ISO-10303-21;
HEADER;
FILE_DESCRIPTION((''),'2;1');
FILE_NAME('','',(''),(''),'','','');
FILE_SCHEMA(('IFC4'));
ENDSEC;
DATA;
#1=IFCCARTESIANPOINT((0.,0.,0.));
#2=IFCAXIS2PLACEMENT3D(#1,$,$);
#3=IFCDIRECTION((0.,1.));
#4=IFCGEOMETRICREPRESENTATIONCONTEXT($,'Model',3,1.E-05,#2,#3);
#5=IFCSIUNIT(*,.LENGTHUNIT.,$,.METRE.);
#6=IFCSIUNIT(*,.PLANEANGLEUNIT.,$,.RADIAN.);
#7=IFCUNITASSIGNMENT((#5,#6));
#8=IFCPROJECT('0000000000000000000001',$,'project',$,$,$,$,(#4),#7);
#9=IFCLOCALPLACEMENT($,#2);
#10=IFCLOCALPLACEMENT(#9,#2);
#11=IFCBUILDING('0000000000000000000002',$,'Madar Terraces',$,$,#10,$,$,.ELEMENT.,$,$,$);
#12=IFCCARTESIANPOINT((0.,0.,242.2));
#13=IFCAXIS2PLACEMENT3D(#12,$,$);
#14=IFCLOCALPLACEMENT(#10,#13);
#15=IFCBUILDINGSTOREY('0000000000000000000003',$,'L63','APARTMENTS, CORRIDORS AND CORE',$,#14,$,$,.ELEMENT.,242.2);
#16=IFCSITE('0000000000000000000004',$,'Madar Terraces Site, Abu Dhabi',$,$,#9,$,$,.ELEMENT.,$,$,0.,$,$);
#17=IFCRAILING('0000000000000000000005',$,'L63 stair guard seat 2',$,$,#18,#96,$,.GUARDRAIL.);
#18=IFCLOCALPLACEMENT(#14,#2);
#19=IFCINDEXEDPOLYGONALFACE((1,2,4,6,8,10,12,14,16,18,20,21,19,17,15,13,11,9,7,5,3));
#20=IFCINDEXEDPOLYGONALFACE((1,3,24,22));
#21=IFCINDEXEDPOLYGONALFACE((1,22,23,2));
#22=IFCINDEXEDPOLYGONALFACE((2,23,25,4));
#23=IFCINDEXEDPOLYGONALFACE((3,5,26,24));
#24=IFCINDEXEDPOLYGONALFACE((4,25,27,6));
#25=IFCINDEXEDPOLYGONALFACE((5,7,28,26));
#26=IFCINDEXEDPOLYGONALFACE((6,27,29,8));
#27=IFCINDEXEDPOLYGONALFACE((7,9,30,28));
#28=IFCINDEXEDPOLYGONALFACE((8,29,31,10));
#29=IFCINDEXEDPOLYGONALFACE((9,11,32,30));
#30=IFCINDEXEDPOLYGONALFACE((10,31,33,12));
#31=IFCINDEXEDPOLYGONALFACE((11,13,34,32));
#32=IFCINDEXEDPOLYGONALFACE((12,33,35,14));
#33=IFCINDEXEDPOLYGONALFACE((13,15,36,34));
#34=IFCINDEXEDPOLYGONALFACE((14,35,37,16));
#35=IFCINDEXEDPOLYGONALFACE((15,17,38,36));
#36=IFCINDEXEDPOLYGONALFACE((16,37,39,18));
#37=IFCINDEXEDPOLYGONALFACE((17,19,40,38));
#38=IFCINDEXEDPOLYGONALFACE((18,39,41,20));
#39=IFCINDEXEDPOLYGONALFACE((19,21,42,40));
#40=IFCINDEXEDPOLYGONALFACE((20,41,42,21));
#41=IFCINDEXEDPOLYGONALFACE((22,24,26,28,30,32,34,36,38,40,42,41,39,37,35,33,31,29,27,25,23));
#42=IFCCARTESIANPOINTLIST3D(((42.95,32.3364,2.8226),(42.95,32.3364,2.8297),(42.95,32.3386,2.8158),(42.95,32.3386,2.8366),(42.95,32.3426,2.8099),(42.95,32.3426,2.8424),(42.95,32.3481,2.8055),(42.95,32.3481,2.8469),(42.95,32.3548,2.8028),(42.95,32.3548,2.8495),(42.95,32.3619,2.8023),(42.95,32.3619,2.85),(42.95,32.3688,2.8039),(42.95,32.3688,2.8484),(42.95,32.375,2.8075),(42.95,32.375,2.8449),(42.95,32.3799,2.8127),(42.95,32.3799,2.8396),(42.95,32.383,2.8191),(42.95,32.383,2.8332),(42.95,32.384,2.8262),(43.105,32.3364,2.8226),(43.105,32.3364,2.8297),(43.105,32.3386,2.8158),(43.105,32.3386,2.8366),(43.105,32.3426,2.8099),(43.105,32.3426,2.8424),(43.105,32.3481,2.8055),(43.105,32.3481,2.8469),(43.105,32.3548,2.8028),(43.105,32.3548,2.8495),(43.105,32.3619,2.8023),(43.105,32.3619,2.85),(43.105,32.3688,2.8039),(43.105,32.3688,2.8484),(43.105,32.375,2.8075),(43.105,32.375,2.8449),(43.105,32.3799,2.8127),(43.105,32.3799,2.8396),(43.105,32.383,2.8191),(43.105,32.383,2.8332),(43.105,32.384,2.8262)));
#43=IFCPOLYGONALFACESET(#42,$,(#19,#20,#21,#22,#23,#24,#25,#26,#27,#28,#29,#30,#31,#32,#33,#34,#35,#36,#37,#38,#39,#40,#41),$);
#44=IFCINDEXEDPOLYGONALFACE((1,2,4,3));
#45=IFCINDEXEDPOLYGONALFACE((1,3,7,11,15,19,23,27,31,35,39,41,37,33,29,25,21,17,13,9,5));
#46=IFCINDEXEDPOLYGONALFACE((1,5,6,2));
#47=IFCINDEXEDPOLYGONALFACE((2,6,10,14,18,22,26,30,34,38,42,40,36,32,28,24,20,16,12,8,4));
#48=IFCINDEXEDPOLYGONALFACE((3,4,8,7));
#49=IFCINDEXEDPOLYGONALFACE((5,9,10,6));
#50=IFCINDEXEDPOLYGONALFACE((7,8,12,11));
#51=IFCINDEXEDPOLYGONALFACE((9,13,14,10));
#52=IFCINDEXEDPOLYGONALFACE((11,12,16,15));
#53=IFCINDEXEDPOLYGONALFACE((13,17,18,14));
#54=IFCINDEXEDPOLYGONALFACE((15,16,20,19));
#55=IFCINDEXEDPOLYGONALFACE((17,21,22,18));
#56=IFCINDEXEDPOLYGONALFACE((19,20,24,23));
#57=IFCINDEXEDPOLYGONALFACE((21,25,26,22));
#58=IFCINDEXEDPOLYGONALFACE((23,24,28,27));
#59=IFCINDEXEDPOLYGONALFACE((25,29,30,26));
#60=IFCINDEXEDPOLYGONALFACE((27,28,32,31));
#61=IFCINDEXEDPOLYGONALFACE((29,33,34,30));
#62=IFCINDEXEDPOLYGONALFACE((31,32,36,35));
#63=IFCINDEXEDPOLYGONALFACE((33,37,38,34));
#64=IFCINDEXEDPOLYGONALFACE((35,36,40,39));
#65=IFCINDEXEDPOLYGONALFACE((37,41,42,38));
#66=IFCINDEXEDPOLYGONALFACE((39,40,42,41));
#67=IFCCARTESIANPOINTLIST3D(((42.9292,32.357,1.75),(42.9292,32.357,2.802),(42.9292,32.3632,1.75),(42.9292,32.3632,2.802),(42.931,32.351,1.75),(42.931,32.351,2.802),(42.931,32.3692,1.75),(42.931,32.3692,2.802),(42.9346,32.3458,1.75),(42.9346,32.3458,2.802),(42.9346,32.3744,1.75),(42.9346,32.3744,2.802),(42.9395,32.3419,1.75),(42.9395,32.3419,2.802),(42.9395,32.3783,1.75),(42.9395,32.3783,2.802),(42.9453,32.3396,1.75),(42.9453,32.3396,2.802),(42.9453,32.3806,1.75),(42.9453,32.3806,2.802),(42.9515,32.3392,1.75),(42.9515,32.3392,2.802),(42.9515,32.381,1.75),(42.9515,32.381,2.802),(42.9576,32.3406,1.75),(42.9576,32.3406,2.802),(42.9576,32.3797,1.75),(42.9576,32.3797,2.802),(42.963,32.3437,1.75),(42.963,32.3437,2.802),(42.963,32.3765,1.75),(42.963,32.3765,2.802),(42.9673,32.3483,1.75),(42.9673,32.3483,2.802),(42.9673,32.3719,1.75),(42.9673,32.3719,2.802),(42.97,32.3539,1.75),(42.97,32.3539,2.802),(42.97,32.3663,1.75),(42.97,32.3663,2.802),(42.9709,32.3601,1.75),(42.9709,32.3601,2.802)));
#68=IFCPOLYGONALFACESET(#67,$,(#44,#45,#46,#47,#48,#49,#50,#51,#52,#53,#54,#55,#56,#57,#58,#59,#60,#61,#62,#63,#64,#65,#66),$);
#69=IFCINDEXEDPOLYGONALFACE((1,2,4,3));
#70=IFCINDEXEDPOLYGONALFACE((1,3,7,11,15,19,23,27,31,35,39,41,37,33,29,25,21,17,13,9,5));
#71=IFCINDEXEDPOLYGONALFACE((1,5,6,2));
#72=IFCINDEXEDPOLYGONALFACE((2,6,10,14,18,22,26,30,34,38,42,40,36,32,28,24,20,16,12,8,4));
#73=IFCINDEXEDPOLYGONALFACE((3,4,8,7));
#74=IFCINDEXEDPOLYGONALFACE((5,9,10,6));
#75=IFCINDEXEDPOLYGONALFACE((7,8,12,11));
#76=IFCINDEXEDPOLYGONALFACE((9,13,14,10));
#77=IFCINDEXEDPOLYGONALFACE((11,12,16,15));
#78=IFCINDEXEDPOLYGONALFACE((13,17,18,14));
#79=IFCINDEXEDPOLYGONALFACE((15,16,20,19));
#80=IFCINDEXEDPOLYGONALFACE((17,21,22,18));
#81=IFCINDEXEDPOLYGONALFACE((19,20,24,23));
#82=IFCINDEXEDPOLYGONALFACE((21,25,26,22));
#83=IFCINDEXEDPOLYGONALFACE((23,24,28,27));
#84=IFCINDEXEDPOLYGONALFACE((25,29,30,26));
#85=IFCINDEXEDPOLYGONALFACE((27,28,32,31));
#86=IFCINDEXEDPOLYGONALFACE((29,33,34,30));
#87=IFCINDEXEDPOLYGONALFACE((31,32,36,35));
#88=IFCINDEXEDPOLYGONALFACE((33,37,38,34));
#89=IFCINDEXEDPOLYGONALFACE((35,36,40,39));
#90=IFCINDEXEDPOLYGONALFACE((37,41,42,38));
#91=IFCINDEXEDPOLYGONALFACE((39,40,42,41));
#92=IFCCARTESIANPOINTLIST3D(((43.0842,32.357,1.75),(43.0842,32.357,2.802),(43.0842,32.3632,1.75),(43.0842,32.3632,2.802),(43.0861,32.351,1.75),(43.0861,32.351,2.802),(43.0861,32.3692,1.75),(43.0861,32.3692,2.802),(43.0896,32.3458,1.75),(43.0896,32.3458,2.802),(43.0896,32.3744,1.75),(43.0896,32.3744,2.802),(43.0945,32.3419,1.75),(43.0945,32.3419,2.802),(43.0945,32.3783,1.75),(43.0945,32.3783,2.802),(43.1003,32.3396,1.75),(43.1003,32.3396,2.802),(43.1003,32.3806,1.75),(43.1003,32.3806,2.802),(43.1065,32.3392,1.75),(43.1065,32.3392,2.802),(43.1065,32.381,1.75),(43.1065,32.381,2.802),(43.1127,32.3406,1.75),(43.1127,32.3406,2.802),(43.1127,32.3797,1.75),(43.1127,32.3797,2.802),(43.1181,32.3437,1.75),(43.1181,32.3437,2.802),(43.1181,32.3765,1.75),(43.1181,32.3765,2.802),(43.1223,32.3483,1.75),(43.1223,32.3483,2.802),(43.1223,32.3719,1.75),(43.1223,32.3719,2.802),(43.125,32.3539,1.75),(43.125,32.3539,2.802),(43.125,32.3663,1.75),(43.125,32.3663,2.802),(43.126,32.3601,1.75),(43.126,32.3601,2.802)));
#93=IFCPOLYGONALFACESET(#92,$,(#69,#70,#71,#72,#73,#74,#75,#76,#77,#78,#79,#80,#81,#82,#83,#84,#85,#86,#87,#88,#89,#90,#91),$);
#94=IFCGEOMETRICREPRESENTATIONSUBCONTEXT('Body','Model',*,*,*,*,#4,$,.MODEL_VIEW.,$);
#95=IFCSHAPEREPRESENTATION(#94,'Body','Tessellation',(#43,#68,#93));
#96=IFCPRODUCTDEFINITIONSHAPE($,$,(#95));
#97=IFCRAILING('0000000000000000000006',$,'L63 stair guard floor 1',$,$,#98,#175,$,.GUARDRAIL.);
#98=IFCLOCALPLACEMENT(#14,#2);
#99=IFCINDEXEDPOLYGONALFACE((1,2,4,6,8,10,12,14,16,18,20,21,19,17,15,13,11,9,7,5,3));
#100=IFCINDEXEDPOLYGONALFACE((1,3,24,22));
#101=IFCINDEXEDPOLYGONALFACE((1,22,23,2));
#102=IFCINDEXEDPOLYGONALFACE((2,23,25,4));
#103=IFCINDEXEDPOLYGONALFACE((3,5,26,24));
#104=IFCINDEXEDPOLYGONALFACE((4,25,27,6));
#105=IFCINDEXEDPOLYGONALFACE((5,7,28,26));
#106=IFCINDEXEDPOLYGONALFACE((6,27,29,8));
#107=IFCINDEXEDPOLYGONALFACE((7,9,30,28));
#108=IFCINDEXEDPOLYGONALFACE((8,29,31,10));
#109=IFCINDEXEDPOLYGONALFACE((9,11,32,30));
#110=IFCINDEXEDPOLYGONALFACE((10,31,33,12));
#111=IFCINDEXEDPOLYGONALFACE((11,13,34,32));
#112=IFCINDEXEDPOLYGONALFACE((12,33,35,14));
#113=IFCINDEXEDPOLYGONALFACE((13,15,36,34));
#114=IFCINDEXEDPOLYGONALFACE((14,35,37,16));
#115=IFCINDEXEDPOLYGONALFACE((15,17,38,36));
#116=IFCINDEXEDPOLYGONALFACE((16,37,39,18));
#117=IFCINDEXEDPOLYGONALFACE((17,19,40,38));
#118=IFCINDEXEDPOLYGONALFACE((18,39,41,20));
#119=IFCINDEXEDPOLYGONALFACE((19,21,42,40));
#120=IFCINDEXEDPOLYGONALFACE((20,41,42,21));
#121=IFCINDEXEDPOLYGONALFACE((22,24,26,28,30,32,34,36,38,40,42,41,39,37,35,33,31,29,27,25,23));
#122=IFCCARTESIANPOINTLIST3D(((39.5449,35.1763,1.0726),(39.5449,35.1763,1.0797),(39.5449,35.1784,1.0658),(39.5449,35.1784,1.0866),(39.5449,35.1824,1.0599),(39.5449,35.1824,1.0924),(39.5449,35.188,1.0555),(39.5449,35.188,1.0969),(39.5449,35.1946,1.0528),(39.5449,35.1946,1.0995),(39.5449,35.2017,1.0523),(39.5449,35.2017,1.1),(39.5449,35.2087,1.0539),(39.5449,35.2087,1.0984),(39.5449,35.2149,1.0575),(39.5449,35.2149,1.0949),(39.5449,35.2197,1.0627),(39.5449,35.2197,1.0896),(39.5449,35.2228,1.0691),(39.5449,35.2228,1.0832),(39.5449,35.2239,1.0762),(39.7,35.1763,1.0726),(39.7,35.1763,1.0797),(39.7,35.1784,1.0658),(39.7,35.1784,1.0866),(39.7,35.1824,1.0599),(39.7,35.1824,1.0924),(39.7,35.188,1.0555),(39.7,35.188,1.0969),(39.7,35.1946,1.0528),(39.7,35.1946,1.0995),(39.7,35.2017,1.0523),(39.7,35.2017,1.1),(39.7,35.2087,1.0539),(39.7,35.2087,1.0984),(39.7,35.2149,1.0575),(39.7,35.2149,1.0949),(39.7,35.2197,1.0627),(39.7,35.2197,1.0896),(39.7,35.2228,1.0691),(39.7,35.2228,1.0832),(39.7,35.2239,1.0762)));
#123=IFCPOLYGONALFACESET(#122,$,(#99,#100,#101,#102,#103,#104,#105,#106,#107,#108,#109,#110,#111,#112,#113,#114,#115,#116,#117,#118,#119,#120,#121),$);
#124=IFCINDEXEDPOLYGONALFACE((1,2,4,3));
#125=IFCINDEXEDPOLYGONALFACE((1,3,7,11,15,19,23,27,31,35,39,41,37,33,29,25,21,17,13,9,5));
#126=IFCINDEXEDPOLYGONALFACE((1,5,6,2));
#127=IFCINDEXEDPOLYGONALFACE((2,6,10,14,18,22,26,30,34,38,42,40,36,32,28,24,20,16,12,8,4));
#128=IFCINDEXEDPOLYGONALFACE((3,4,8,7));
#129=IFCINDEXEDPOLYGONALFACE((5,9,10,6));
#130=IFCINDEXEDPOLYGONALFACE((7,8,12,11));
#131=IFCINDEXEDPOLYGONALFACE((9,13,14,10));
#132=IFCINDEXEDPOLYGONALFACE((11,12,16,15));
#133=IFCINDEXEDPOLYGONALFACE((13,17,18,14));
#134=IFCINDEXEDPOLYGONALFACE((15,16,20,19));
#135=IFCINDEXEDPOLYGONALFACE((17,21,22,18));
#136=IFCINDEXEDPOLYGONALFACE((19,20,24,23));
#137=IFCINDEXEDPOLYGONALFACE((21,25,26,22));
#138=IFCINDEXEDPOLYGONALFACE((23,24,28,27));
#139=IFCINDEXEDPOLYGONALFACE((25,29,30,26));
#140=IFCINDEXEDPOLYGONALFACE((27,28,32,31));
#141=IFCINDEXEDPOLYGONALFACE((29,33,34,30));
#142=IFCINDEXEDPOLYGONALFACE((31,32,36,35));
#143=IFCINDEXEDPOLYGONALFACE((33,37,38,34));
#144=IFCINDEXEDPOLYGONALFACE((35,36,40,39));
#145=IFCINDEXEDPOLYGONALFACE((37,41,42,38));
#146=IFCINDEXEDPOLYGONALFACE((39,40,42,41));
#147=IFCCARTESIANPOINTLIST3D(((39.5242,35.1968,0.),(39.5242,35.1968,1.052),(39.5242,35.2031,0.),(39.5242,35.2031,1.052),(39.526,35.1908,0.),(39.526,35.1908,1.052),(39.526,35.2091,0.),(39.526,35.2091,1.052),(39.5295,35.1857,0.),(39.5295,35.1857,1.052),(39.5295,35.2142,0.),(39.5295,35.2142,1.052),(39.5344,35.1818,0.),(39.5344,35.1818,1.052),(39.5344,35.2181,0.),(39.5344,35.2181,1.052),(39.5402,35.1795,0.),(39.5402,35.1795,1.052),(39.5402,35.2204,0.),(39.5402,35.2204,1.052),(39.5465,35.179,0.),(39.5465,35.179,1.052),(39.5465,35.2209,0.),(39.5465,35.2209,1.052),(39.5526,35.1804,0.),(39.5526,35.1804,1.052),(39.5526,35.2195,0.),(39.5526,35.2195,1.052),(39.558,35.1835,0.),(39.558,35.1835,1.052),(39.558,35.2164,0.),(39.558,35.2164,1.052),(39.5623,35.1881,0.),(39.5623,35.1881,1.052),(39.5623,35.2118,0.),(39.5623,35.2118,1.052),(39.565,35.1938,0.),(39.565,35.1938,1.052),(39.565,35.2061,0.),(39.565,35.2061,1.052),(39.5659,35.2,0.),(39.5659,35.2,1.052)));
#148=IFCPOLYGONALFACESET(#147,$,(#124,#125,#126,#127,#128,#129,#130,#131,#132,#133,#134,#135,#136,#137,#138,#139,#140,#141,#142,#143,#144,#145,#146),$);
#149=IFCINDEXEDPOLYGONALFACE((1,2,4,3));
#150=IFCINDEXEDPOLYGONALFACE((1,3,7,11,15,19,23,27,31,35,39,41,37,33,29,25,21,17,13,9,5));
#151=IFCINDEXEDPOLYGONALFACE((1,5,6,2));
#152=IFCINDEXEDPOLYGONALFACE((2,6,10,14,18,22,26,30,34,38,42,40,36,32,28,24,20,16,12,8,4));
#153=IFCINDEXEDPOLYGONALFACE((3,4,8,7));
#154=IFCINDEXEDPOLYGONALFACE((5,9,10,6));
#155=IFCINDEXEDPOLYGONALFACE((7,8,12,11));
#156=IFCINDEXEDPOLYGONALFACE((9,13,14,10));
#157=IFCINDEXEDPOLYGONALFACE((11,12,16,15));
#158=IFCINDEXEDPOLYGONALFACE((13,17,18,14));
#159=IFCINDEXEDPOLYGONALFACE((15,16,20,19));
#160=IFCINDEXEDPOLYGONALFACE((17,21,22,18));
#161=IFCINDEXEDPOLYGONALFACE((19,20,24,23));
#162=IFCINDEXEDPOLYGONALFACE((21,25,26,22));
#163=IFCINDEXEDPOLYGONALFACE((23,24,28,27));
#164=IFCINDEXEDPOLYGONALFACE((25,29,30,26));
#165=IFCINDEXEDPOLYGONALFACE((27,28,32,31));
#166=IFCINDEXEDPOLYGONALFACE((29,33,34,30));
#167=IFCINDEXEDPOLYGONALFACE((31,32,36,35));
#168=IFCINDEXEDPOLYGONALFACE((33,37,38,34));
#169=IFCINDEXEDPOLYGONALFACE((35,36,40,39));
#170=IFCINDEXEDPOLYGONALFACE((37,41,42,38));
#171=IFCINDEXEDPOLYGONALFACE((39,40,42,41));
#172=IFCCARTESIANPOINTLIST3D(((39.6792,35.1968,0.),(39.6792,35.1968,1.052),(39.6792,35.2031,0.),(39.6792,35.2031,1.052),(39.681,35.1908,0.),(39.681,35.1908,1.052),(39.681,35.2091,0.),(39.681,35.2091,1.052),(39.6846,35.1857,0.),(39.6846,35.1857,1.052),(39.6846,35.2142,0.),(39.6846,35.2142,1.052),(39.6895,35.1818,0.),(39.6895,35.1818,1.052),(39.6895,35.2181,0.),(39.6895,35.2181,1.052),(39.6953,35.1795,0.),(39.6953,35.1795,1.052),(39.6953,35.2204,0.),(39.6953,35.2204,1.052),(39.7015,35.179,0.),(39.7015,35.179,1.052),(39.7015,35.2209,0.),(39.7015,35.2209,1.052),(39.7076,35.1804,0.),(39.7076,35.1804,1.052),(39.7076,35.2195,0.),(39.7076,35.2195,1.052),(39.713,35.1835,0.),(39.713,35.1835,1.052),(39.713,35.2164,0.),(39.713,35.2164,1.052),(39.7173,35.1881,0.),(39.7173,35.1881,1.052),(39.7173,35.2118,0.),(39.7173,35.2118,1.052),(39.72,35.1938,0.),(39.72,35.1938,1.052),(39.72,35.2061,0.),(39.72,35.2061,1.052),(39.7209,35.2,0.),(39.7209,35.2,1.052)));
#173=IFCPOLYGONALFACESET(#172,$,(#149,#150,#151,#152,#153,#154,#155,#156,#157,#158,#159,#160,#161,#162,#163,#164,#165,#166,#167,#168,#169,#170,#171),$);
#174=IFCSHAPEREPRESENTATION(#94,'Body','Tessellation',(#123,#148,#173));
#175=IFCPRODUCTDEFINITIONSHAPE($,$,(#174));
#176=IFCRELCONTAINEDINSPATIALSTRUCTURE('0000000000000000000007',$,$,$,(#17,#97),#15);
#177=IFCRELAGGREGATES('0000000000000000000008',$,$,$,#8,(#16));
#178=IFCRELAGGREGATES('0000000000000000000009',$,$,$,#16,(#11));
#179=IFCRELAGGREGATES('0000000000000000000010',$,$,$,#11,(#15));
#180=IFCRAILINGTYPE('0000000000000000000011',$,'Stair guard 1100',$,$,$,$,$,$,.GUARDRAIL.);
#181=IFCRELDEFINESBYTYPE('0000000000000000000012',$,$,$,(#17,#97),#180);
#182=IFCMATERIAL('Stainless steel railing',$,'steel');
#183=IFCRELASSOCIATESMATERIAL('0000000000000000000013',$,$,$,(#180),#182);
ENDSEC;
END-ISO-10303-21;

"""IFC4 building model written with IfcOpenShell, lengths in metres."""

from ifc_helpers import new_model, si_unit, direction, frame, origin, origin_2d, place, context, subcontext, project, spatial, circle, extrude, material, type_object, element, save


model = new_model("IFC4")

# Units and contexts
model_context = context("Model", 3, precision=1e-05, world=origin(), true_north=direction((0.0, 1.0)))
body_context = subcontext(model_context, "Body", "Model", "MODEL_VIEW")
ifc_project = project(units=[si_unit("LENGTHUNIT", "METRE"), si_unit("PLANEANGLEUNIT", "RADIAN")], contexts=[model_context])

# Site, building, storey
site_placement = place(None, origin())
site = spatial("IfcSite", under=ifc_project, at=site_placement, Name="Madar Terraces Site, Abu Dhabi", CompositionType="ELEMENT", RefElevation=0.0)
building_placement = place(site_placement, origin())
building = spatial("IfcBuilding", under=site, at=building_placement, Name="Madar Terraces", CompositionType="ELEMENT")
storey_placement = place(building_placement, frame((0.0, 0.0, 242.2)))
storey = spatial("IfcBuildingStorey", under=building, at=storey_placement, Name="L63", Description="APARTMENTS, CORRIDORS AND CORE", CompositionType="ELEMENT", Elevation=242.2)

# Railings
ifc_material_1 = material(Name="Stainless steel railing", Category="steel")
railing_type_1 = type_object("IfcRailingType", Name="Stair guard 1100", PredefinedType="GUARDRAIL", material=ifc_material_1)
for number, where, name in (
    (1, (42.95, 32.3601, 1.75), "L63 stair guard seat 2"),
    (2, (39.5449, 35.2, 0.0), "L63 stair guard floor 1"),
):
    element("IfcRailing", number, at=place(storey_placement, frame(where)), inside=storey, type_object=railing_type_1, Name=name, PredefinedType="GUARDRAIL", context=body_context, shape_type="SweptSolid", body=[
        extrude(circle(Radius=0.0239, at=origin_2d()), frame((0.0, 0.0, 1.0762), z_axis=(1.0, 0.0, 0.0), x_axis=(0.0, 1.0, 0.0)), (0.0, 0.0, 1.0), 0.155),
        extrude(circle(Radius=0.021, at=origin_2d()), origin(), (0.0, 0.0, 1.0), 1.052),
        extrude(circle(Radius=0.021, at=origin_2d()), frame((0.155, 0.0, 0.0)), (0.0, 0.0, 1.0), 1.052),
    ])

save(model, "model.ifc")
